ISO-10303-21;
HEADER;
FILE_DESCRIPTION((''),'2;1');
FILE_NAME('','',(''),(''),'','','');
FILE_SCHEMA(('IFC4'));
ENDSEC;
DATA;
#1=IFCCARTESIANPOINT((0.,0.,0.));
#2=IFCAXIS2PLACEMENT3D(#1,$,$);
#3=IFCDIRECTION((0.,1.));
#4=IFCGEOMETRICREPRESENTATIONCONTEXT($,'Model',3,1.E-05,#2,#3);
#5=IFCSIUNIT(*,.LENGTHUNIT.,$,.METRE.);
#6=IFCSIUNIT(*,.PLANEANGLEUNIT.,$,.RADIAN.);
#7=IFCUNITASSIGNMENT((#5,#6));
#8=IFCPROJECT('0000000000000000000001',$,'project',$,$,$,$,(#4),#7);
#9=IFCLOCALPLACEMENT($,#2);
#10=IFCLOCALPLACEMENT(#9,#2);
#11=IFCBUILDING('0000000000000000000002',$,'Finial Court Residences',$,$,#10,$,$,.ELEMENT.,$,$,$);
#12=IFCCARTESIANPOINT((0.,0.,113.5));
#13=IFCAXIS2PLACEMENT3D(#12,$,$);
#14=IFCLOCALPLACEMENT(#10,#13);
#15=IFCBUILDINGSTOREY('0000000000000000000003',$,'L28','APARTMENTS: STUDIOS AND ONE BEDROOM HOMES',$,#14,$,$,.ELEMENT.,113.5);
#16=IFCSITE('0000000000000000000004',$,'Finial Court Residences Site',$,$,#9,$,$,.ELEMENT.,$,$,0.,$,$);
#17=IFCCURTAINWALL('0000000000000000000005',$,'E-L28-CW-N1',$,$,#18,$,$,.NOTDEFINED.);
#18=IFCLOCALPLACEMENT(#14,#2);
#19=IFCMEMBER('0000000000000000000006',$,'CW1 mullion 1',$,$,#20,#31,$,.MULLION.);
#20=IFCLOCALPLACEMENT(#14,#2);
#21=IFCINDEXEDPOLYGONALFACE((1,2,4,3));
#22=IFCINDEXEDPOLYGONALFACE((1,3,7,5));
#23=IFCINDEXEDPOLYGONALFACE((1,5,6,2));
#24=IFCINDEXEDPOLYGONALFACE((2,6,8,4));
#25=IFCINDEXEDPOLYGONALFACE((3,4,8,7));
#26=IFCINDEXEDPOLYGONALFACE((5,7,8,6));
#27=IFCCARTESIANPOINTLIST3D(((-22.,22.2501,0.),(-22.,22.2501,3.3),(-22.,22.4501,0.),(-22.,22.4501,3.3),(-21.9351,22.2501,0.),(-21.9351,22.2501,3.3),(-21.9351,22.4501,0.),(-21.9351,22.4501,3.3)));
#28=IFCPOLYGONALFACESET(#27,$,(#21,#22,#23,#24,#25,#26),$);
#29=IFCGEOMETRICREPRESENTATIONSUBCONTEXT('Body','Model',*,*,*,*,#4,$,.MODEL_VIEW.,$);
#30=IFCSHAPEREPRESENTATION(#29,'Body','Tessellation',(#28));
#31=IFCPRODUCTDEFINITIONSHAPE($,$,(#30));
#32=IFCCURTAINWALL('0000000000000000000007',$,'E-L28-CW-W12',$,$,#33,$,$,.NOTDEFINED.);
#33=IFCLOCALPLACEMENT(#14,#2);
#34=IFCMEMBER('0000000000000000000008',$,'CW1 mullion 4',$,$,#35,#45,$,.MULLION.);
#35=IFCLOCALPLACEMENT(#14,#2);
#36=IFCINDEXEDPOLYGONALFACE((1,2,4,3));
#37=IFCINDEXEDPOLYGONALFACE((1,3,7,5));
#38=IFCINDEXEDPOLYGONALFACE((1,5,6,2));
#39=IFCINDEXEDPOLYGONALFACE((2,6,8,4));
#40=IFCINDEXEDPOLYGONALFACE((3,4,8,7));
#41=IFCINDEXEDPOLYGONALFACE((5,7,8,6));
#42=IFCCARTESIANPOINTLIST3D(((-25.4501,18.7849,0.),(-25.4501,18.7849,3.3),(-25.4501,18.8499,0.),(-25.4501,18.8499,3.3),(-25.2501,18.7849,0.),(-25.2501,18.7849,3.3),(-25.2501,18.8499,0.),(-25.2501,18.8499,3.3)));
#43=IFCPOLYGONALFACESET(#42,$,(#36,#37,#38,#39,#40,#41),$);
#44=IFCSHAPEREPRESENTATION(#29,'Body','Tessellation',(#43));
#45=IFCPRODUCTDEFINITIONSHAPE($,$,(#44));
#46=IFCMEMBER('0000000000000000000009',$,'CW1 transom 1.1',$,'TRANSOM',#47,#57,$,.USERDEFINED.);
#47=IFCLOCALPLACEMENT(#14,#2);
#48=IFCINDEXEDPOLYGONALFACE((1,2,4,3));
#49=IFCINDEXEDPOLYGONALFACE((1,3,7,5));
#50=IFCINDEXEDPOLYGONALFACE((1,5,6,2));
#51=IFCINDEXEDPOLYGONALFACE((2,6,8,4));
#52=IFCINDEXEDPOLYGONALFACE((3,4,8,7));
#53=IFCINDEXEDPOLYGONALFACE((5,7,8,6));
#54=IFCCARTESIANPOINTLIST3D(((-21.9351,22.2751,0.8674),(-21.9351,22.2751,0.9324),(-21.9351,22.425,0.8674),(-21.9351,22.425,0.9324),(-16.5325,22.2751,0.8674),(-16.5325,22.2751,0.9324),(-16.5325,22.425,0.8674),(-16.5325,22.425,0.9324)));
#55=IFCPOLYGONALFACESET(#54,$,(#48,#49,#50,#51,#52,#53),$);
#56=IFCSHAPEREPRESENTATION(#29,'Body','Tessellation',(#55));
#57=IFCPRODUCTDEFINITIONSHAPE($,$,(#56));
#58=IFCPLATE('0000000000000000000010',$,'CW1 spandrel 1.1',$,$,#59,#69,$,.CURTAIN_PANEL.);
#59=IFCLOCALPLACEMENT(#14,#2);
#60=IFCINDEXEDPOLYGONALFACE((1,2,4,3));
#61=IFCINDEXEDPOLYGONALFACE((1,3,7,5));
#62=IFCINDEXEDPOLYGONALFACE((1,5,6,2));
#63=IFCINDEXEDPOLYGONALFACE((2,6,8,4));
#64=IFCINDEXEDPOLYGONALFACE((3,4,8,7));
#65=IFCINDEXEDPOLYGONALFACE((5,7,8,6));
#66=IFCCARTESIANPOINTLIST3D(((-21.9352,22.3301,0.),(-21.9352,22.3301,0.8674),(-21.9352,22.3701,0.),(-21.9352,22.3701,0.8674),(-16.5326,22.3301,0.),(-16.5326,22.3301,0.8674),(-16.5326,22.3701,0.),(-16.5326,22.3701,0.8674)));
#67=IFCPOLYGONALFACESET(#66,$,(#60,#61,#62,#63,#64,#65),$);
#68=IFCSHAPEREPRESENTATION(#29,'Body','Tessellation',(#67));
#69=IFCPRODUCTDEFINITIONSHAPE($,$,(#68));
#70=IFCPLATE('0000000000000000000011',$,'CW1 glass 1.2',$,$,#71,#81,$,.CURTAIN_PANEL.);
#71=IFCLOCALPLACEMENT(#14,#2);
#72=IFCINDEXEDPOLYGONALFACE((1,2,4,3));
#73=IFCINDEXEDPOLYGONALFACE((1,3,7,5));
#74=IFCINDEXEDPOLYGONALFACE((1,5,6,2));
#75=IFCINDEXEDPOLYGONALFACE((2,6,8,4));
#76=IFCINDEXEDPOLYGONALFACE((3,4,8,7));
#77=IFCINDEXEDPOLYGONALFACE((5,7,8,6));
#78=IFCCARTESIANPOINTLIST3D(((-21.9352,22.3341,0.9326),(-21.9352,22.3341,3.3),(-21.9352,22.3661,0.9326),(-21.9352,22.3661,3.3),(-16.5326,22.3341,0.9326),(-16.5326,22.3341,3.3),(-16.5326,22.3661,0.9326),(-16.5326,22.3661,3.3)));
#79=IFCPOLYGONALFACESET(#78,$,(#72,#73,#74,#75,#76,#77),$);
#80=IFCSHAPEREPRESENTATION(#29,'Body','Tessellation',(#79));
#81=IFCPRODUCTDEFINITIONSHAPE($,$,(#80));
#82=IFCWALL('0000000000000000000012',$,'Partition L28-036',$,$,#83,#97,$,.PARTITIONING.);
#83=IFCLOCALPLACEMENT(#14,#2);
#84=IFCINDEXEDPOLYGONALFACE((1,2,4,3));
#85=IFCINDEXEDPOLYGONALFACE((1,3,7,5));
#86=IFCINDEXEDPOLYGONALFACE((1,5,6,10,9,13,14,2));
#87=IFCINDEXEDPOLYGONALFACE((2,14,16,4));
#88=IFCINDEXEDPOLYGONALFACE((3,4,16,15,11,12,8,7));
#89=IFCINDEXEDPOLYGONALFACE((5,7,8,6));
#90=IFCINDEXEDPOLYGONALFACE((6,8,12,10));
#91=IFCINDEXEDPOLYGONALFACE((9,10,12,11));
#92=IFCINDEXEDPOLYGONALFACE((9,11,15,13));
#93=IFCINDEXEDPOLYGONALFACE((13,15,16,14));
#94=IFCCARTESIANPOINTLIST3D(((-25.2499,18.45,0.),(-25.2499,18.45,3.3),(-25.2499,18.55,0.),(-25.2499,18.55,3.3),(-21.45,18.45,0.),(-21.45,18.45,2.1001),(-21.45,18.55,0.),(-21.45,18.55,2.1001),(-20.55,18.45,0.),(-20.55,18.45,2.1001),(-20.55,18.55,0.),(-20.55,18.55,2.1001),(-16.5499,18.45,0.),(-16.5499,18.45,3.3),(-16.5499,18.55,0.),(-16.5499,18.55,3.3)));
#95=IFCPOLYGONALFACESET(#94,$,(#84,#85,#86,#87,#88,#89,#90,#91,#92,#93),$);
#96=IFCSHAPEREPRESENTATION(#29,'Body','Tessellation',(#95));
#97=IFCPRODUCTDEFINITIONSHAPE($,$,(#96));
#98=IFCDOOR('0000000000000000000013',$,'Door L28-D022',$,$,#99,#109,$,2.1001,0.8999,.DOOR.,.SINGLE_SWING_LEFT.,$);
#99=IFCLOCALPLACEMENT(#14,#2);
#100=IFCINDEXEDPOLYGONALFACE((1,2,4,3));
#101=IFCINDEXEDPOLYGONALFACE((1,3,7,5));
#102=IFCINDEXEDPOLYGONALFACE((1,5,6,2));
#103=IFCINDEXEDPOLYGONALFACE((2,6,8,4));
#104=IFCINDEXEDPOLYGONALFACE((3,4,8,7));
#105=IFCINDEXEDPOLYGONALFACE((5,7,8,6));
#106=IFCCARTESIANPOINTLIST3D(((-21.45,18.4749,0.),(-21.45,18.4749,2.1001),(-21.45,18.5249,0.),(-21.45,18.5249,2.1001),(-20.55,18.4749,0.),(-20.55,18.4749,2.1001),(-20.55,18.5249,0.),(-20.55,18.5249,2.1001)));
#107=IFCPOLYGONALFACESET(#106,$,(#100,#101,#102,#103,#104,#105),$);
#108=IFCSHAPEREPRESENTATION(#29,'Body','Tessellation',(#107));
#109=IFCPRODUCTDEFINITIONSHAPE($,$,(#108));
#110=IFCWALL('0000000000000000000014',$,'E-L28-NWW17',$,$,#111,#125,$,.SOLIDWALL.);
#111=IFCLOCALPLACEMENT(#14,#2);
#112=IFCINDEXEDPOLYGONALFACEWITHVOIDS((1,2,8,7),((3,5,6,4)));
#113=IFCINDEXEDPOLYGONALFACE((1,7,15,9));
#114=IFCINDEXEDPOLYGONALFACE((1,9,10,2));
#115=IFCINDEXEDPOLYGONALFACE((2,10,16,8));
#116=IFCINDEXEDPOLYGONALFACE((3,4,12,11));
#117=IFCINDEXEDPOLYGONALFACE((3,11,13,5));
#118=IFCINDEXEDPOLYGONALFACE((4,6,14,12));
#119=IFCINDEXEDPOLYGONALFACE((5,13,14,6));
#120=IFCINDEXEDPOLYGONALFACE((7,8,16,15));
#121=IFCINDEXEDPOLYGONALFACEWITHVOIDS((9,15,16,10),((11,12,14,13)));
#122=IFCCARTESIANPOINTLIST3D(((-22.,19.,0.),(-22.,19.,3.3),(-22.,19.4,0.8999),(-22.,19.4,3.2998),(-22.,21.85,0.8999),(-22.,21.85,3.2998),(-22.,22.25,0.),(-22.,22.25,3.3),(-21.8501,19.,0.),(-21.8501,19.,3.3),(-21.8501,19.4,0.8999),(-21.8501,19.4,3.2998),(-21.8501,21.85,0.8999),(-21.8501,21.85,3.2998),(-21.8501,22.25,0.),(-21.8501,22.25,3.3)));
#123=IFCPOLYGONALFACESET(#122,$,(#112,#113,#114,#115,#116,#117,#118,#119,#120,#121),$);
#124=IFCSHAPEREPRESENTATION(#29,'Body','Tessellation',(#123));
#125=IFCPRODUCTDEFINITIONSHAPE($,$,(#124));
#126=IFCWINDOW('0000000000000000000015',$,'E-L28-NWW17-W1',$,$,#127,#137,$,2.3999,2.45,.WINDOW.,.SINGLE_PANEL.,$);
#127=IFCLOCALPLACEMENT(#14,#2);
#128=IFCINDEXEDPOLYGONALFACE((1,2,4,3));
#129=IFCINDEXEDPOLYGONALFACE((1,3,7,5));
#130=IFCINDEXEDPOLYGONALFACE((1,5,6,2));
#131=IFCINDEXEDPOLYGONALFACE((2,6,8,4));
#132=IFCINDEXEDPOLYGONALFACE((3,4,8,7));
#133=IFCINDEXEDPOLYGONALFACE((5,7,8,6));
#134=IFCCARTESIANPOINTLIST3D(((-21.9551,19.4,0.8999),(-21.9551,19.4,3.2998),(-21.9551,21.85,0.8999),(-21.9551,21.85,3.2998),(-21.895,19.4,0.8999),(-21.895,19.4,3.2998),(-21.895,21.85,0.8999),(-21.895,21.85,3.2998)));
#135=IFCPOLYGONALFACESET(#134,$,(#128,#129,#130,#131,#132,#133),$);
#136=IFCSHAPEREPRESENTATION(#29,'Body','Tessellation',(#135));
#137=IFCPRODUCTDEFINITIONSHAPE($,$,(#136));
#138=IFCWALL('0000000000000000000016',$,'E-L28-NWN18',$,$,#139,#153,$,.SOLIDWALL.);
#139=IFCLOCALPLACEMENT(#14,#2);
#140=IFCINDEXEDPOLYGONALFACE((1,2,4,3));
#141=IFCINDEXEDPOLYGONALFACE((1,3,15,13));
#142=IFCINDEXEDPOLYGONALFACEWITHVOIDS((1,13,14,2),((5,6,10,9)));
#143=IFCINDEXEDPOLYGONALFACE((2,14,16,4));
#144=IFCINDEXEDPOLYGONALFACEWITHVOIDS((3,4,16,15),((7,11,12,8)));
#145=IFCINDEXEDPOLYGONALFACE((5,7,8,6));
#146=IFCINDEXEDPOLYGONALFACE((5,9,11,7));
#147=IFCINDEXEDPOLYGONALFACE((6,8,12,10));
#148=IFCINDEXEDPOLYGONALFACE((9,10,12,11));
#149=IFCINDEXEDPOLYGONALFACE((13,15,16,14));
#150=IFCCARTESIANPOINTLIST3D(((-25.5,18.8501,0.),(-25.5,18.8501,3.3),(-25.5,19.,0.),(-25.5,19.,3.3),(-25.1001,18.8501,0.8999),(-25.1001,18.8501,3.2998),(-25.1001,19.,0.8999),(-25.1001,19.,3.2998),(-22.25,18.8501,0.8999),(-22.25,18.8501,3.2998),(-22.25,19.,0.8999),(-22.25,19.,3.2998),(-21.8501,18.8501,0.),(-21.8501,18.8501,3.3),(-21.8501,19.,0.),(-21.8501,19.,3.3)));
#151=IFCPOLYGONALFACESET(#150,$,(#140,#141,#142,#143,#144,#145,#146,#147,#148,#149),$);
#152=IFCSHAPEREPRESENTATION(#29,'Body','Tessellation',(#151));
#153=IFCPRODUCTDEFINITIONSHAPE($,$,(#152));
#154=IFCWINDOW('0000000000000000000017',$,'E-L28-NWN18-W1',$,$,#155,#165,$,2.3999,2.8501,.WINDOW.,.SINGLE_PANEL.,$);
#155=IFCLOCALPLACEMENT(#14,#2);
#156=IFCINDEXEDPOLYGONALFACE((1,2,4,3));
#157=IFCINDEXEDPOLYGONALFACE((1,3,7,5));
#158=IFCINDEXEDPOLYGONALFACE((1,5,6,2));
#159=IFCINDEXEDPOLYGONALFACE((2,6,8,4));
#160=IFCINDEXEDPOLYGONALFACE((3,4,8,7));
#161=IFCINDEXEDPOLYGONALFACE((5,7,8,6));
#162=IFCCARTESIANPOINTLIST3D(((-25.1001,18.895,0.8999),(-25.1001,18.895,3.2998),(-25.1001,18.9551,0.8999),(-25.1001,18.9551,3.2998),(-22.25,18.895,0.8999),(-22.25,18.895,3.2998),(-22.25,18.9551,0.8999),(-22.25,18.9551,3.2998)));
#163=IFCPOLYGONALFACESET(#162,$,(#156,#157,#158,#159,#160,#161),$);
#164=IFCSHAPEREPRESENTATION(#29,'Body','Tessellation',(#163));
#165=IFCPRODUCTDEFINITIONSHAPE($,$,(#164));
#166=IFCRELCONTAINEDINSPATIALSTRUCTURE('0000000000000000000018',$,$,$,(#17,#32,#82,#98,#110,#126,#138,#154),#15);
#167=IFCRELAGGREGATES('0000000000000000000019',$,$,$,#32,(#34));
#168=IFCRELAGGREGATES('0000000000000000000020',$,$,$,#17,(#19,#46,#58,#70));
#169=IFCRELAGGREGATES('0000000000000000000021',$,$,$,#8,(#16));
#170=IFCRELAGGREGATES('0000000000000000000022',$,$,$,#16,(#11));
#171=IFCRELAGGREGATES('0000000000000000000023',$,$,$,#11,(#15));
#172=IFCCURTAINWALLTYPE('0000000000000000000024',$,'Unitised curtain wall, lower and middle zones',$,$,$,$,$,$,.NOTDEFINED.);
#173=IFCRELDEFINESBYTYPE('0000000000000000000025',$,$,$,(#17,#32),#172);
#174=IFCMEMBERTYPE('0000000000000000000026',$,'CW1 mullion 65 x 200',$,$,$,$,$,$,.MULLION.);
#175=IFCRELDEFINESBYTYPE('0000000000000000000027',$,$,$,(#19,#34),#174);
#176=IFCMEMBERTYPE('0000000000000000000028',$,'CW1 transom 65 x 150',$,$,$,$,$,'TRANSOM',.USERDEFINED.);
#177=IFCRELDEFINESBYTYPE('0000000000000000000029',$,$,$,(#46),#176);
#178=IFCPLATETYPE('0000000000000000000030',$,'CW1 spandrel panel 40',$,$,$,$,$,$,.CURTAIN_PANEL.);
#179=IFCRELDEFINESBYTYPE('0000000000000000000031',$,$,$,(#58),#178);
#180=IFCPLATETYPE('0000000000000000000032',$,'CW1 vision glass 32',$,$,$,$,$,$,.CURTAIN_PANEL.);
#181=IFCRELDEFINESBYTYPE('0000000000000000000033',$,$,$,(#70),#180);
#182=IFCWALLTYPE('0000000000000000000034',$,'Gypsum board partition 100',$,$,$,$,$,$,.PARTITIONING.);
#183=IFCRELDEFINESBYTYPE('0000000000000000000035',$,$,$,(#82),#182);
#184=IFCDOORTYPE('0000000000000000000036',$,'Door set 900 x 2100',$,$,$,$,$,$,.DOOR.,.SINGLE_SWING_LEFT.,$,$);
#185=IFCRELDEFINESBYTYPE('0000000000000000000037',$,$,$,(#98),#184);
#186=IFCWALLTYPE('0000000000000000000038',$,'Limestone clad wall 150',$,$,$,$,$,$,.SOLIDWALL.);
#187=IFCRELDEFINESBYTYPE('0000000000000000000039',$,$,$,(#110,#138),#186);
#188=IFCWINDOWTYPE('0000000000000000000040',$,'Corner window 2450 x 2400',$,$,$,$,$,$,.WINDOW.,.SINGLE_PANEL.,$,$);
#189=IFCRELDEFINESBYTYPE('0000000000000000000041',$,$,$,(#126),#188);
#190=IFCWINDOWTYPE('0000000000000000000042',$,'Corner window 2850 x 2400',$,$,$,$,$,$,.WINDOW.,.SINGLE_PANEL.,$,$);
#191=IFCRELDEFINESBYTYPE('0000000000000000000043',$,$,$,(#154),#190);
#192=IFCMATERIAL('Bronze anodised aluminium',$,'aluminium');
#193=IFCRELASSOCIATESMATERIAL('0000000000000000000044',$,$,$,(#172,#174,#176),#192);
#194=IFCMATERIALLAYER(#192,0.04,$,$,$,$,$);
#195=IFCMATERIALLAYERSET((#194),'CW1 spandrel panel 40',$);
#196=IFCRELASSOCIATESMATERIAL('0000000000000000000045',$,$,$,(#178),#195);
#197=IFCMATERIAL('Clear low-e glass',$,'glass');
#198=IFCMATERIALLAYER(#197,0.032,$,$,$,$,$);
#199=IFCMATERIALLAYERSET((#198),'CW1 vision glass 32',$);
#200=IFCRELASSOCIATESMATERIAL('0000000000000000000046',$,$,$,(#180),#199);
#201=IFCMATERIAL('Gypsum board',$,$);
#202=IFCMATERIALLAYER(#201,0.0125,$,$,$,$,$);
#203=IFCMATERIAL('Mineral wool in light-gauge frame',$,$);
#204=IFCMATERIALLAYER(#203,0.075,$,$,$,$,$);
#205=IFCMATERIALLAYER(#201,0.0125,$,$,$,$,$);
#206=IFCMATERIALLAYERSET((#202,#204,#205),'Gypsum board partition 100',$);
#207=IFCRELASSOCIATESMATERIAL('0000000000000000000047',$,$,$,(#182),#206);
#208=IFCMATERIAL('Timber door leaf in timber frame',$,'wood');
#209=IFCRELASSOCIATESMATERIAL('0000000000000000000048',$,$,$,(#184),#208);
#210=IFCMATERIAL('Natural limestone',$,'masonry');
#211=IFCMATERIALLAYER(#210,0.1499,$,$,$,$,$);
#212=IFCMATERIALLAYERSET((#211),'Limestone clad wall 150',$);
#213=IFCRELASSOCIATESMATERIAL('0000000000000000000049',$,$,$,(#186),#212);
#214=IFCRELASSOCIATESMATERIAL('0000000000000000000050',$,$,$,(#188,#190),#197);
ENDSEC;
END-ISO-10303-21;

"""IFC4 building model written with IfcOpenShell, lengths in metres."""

from ifc_helpers import new_model, si_unit, direction, frame, frame_2d, origin, origin_2d, place, context, subcontext, project, spatial, rectangle, extrude, material, layer, layer_set, material_profile, profile_set, type_object, element, fill, aggregate, save


model = new_model("IFC4")

# Units and contexts
model_context = context("Model", 3, precision=1e-05, world=origin(), true_north=direction((0.0, 1.0)))
body_context = subcontext(model_context, "Body", "Model", "MODEL_VIEW")
ifc_project = project(units=[si_unit("LENGTHUNIT", "METRE"), si_unit("PLANEANGLEUNIT", "RADIAN")], contexts=[model_context])

# Site, building, storey
site_placement = place(None, origin())
site = spatial("IfcSite", under=ifc_project, at=site_placement, Name="Finial Court Residences Site", CompositionType="ELEMENT", RefElevation=0.0)
building_placement = place(site_placement, origin())
building = spatial("IfcBuilding", under=site, at=building_placement, Name="Finial Court Residences", CompositionType="ELEMENT")
storey_placement = place(building_placement, frame((0.0, 0.0, 113.5)))
storey = spatial("IfcBuildingStorey", under=building, at=storey_placement, Name="L28", Description="APARTMENTS: STUDIOS AND ONE BEDROOM HOMES", CompositionType="ELEMENT", Elevation=113.5)

# Curtain walls, members
ifc_material_1 = material(Name="Bronze anodised aluminium", Category="aluminium")
curtain_wall_type = type_object("IfcCurtainWallType", Name="Unitised curtain wall, lower and middle zones", PredefinedType="NOTDEFINED", material=ifc_material_1)
curtain_wall_1_placement = place(storey_placement, origin())
curtain_wall_1 = element("IfcCurtainWall", 1, at=curtain_wall_1_placement, inside=storey, type_object=curtain_wall_type, Name="E-L28-CW-N1", PredefinedType="NOTDEFINED")
ifc_material_profile_1 = material_profile(ifc_material_1, rectangle(XDim=0.2, YDim=0.0649, at=origin_2d()), Name="CW1 mullion 65 x 200")
ifc_profile_set_1 = profile_set([ifc_material_profile_1], Name="Bronze anodised aluminium")
member_type_1 = type_object("IfcMemberType", Name="CW1 mullion 65 x 200", PredefinedType="MULLION", material=ifc_profile_set_1)
member_1_placement = place(storey_placement, frame((-21.9675, 22.3501, 0.0), z_axis=(0.0, 0.0, 1.0), x_axis=(0.0, 1.0, 0.0)))
member_1 = element("IfcMember", 2, at=member_1_placement, type_object=member_type_1, Name="CW1 mullion 1", PredefinedType="MULLION", context=body_context, shape_type="SweptSolid", body=[
    extrude(rectangle(XDim=0.2, YDim=0.0649, at=origin_2d()), origin(), (0.0, 0.0, 1.0), 3.3),
])
curtain_wall_2_placement = place(storey_placement, origin())
curtain_wall_2 = element("IfcCurtainWall", 3, at=curtain_wall_2_placement, inside=storey, type_object=curtain_wall_type, Name="E-L28-CW-W12", PredefinedType="NOTDEFINED")
member_2_placement = place(storey_placement, frame((-25.3501, 18.8174, 0.0), z_axis=(0.0, 0.0, 1.0), x_axis=(-1.0, 0.0, 0.0)))
member_2 = element("IfcMember", 4, at=member_2_placement, type_object=member_type_1, Name="CW1 mullion 4", PredefinedType="MULLION", context=body_context, shape_type="SweptSolid", body=[
    extrude(rectangle(XDim=0.2, YDim=0.0649, at=origin_2d()), origin(), (0.0, 0.0, 1.0), 3.3),
])
aggregate(curtain_wall_2, [member_2])

# Member
ifc_material_profile_2 = material_profile(ifc_material_1, rectangle(XDim=0.1499, YDim=0.0649, at=origin_2d()), Name="CW1 transom 65 x 150")
ifc_profile_set_2 = profile_set([ifc_material_profile_2], Name="Bronze anodised aluminium")
member_type_2 = type_object("IfcMemberType", Name="CW1 transom 65 x 150", ElementType="TRANSOM", PredefinedType="USERDEFINED", material=ifc_profile_set_2)
member_3_placement = place(storey_placement, frame((-21.9351, 22.3501, 0.8999), z_axis=(1.0, 0.0, 0.0), x_axis=(0.0, 1.0, 0.0)))
member_3 = element("IfcMember", 5, at=member_3_placement, type_object=member_type_2, Name="CW1 transom 1.1", ObjectType="TRANSOM", PredefinedType="USERDEFINED", context=body_context, shape_type="SweptSolid", body=[
    extrude(rectangle(XDim=0.1499, YDim=0.0649, at=origin_2d()), origin(), (0.0, 0.0, 1.0), 5.4026),
])

# Plates
ifc_layer_1 = layer(ifc_material_1, 0.04)
ifc_layer_set_1 = layer_set([ifc_layer_1], Name="CW1 spandrel panel 40")
plate_type_1 = type_object("IfcPlateType", Name="CW1 spandrel panel 40", PredefinedType="CURTAIN_PANEL", material=ifc_layer_set_1)
plate_1_placement = place(storey_placement, frame((-19.2339, 22.3501, 0.0), z_axis=(0.0, 0.0, 1.0), x_axis=(1.0, 0.0, 0.0)))
plate_1 = element("IfcPlate", 6, at=plate_1_placement, type_object=plate_type_1, Name="CW1 spandrel 1.1", PredefinedType="CURTAIN_PANEL", context=body_context, shape_type="SweptSolid", body=[
    extrude(rectangle(XDim=5.4026, YDim=0.04, at=origin_2d()), origin(), (0.0, 0.0, 1.0), 0.8674),
])
ifc_material_2 = material(Name="Clear low-e glass", Category="glass")
ifc_layer_2 = layer(ifc_material_2, 0.032)
ifc_layer_set_2 = layer_set([ifc_layer_2], Name="CW1 vision glass 32")
plate_type_2 = type_object("IfcPlateType", Name="CW1 vision glass 32", PredefinedType="CURTAIN_PANEL", material=ifc_layer_set_2)
plate_2_placement = place(storey_placement, frame((-19.2339, 22.3501, 0.9326), z_axis=(0.0, 0.0, 1.0), x_axis=(1.0, 0.0, 0.0)))
plate_2 = element("IfcPlate", 7, at=plate_2_placement, type_object=plate_type_2, Name="CW1 glass 1.2", PredefinedType="CURTAIN_PANEL", context=body_context, shape_type="SweptSolid", body=[
    extrude(rectangle(XDim=5.4026, YDim=0.032, at=origin_2d()), origin(), (0.0, 0.0, 1.0), 2.3674),
])
aggregate(curtain_wall_1, [member_1, member_3, plate_1, plate_2])

# Wall, opening, door
ifc_material_3 = material(Name="Gypsum board")
ifc_layer_3 = layer(ifc_material_3, 0.0125)
ifc_material_4 = material(Name="Mineral wool in light-gauge frame")
ifc_layer_4 = layer(ifc_material_4, 0.075)
ifc_layer_5 = layer(ifc_material_3, 0.0125)
ifc_layer_set_3 = layer_set([ifc_layer_3, ifc_layer_4, ifc_layer_5], Name="Gypsum board partition 100")
wall_type_1 = type_object("IfcWallType", Name="Gypsum board partition 100", PredefinedType="PARTITIONING", material=ifc_layer_set_3)
wall_1_placement = place(storey_placement, frame((-25.25, 18.5, 0.0), z_axis=(0.0, 0.0, 1.0), x_axis=(1.0, 0.0, 0.0)))
wall_1 = element("IfcWall", 8, at=wall_1_placement, inside=storey, type_object=wall_type_1, Name="Partition L28-036", PredefinedType="PARTITIONING", context=body_context, shape_type="SweptSolid", body=[
    extrude(rectangle(XDim=8.7, YDim=0.1001, at=frame_2d((4.3501, 0.0))), origin(), (0.0, 0.0, 1.0), 3.3),
])
opening_1_placement = place(wall_1_placement, frame((3.8, 0.0, 0.0)))
opening_1 = element("IfcOpeningElement", 9, at=opening_1_placement, cuts=wall_1, PredefinedType="OPENING", context=body_context, shape_type="SweptSolid", body=[
    extrude(rectangle(XDim=0.8999, YDim=2.1001, at=frame_2d((0.45, 1.05))), frame((0.0, 0.0601, 0.0), z_axis=(0.0, -1.0, 0.0), x_axis=(1.0, 0.0, 0.0)), (0.0, 0.0, 1.0), 0.1201),
])
ifc_material_5 = material(Name="Timber door leaf in timber frame", Category="wood")
door_type = type_object("IfcDoorType", Name="Door set 900 x 2100", OperationType="SINGLE_SWING_LEFT", PredefinedType="DOOR", material=ifc_material_5)
door_placement = place(opening_1_placement, origin())
door = element("IfcDoor", 10, at=door_placement, inside=storey, type_object=door_type, Name="Door L28-D022", OperationType="SINGLE_SWING_LEFT", OverallHeight=2.1001, OverallWidth=0.8999, PredefinedType="DOOR", context=body_context, shape_type="SweptSolid", body=[
    extrude(rectangle(XDim=0.8999, YDim=2.1001, at=frame_2d((0.45, 1.05))), frame((0.0, 0.0249, 0.0), z_axis=(0.0, -1.0, 0.0), x_axis=(1.0, 0.0, 0.0)), (0.0, 0.0, 1.0), 0.05),
])
fill(opening_1, door)

# Walls, openings, windows
ifc_material_6 = material(Name="Natural limestone", Category="masonry")
ifc_layer_6 = layer(ifc_material_6, 0.1499)
ifc_layer_set_4 = layer_set([ifc_layer_6], Name="Limestone clad wall 150")
wall_type_2 = type_object("IfcWallType", Name="Limestone clad wall 150", PredefinedType="SOLIDWALL", material=ifc_layer_set_4)
wall_2_placement = place(storey_placement, frame((-21.925, 19.0, 0.0), z_axis=(0.0, 0.0, 1.0), x_axis=(0.0, 1.0, 0.0)))
wall_2 = element("IfcWall", 11, at=wall_2_placement, inside=storey, type_object=wall_type_2, Name="E-L28-NWW17", PredefinedType="SOLIDWALL", context=body_context, shape_type="SweptSolid", body=[
    extrude(rectangle(XDim=3.25, YDim=0.1499, at=frame_2d((1.625, 0.0))), origin(), (0.0, 0.0, 1.0), 3.3),
])
opening_2_placement = place(wall_2_placement, frame((0.3999, 0.0, 0.8999)))
opening_2 = element("IfcOpeningElement", 12, at=opening_2_placement, cuts=wall_2, PredefinedType="OPENING", context=body_context, shape_type="SweptSolid", body=[
    extrude(rectangle(XDim=2.45, YDim=2.3999, at=frame_2d((1.2251, 1.2))), frame((0.0, 0.085, 0.0), z_axis=(0.0, -1.0, 0.0), x_axis=(1.0, 0.0, 0.0)), (0.0, 0.0, 1.0), 0.1699),
])
window_type_1 = type_object("IfcWindowType", Name="Corner window 2450 x 2400", PartitioningType="SINGLE_PANEL", PredefinedType="WINDOW", material=ifc_material_2)
window_1_placement = place(opening_2_placement, origin())
window_1 = element("IfcWindow", 13, at=window_1_placement, inside=storey, type_object=window_type_1, Name="E-L28-NWW17-W1", OverallHeight=2.3999, OverallWidth=2.45, PartitioningType="SINGLE_PANEL", PredefinedType="WINDOW", context=body_context, shape_type="SweptSolid", body=[
    extrude(rectangle(XDim=2.45, YDim=2.3999, at=frame_2d((1.2251, 1.2))), frame((0.0, 0.03, 0.0), z_axis=(0.0, -1.0, 0.0), x_axis=(1.0, 0.0, 0.0)), (0.0, 0.0, 1.0), 0.0601),
])
fill(opening_2, window_1)
wall_3_placement = place(storey_placement, frame((-25.5, 18.925, 0.0), z_axis=(0.0, 0.0, 1.0), x_axis=(1.0, 0.0, 0.0)))
wall_3 = element("IfcWall", 14, at=wall_3_placement, inside=storey, type_object=wall_type_2, Name="E-L28-NWN18", PredefinedType="SOLIDWALL", context=body_context, shape_type="SweptSolid", body=[
    extrude(rectangle(XDim=3.6499, YDim=0.1499, at=frame_2d((1.825, 0.0))), origin(), (0.0, 0.0, 1.0), 3.3),
])
opening_3_placement = place(wall_3_placement, frame((0.3999, 0.0, 0.8999)))
opening_3 = element("IfcOpeningElement", 15, at=opening_3_placement, cuts=wall_3, PredefinedType="OPENING", context=body_context, shape_type="SweptSolid", body=[
    extrude(rectangle(XDim=2.8501, YDim=2.3999, at=frame_2d((1.425, 1.2))), frame((0.0, 0.085, 0.0), z_axis=(0.0, -1.0, 0.0), x_axis=(1.0, 0.0, 0.0)), (0.0, 0.0, 1.0), 0.1699),
])
window_type_2 = type_object("IfcWindowType", Name="Corner window 2850 x 2400", PartitioningType="SINGLE_PANEL", PredefinedType="WINDOW", material=ifc_material_2)
window_2_placement = place(opening_3_placement, origin())
window_2 = element("IfcWindow", 16, at=window_2_placement, inside=storey, type_object=window_type_2, Name="E-L28-NWN18-W1", OverallHeight=2.3999, OverallWidth=2.8501, PartitioningType="SINGLE_PANEL", PredefinedType="WINDOW", context=body_context, shape_type="SweptSolid", body=[
    extrude(rectangle(XDim=2.8501, YDim=2.3999, at=frame_2d((1.425, 1.2))), frame((0.0, 0.03, 0.0), z_axis=(0.0, -1.0, 0.0), x_axis=(1.0, 0.0, 0.0)), (0.0, 0.0, 1.0), 0.0601),
])
fill(opening_3, window_2)

save(model, "model.ifc")
